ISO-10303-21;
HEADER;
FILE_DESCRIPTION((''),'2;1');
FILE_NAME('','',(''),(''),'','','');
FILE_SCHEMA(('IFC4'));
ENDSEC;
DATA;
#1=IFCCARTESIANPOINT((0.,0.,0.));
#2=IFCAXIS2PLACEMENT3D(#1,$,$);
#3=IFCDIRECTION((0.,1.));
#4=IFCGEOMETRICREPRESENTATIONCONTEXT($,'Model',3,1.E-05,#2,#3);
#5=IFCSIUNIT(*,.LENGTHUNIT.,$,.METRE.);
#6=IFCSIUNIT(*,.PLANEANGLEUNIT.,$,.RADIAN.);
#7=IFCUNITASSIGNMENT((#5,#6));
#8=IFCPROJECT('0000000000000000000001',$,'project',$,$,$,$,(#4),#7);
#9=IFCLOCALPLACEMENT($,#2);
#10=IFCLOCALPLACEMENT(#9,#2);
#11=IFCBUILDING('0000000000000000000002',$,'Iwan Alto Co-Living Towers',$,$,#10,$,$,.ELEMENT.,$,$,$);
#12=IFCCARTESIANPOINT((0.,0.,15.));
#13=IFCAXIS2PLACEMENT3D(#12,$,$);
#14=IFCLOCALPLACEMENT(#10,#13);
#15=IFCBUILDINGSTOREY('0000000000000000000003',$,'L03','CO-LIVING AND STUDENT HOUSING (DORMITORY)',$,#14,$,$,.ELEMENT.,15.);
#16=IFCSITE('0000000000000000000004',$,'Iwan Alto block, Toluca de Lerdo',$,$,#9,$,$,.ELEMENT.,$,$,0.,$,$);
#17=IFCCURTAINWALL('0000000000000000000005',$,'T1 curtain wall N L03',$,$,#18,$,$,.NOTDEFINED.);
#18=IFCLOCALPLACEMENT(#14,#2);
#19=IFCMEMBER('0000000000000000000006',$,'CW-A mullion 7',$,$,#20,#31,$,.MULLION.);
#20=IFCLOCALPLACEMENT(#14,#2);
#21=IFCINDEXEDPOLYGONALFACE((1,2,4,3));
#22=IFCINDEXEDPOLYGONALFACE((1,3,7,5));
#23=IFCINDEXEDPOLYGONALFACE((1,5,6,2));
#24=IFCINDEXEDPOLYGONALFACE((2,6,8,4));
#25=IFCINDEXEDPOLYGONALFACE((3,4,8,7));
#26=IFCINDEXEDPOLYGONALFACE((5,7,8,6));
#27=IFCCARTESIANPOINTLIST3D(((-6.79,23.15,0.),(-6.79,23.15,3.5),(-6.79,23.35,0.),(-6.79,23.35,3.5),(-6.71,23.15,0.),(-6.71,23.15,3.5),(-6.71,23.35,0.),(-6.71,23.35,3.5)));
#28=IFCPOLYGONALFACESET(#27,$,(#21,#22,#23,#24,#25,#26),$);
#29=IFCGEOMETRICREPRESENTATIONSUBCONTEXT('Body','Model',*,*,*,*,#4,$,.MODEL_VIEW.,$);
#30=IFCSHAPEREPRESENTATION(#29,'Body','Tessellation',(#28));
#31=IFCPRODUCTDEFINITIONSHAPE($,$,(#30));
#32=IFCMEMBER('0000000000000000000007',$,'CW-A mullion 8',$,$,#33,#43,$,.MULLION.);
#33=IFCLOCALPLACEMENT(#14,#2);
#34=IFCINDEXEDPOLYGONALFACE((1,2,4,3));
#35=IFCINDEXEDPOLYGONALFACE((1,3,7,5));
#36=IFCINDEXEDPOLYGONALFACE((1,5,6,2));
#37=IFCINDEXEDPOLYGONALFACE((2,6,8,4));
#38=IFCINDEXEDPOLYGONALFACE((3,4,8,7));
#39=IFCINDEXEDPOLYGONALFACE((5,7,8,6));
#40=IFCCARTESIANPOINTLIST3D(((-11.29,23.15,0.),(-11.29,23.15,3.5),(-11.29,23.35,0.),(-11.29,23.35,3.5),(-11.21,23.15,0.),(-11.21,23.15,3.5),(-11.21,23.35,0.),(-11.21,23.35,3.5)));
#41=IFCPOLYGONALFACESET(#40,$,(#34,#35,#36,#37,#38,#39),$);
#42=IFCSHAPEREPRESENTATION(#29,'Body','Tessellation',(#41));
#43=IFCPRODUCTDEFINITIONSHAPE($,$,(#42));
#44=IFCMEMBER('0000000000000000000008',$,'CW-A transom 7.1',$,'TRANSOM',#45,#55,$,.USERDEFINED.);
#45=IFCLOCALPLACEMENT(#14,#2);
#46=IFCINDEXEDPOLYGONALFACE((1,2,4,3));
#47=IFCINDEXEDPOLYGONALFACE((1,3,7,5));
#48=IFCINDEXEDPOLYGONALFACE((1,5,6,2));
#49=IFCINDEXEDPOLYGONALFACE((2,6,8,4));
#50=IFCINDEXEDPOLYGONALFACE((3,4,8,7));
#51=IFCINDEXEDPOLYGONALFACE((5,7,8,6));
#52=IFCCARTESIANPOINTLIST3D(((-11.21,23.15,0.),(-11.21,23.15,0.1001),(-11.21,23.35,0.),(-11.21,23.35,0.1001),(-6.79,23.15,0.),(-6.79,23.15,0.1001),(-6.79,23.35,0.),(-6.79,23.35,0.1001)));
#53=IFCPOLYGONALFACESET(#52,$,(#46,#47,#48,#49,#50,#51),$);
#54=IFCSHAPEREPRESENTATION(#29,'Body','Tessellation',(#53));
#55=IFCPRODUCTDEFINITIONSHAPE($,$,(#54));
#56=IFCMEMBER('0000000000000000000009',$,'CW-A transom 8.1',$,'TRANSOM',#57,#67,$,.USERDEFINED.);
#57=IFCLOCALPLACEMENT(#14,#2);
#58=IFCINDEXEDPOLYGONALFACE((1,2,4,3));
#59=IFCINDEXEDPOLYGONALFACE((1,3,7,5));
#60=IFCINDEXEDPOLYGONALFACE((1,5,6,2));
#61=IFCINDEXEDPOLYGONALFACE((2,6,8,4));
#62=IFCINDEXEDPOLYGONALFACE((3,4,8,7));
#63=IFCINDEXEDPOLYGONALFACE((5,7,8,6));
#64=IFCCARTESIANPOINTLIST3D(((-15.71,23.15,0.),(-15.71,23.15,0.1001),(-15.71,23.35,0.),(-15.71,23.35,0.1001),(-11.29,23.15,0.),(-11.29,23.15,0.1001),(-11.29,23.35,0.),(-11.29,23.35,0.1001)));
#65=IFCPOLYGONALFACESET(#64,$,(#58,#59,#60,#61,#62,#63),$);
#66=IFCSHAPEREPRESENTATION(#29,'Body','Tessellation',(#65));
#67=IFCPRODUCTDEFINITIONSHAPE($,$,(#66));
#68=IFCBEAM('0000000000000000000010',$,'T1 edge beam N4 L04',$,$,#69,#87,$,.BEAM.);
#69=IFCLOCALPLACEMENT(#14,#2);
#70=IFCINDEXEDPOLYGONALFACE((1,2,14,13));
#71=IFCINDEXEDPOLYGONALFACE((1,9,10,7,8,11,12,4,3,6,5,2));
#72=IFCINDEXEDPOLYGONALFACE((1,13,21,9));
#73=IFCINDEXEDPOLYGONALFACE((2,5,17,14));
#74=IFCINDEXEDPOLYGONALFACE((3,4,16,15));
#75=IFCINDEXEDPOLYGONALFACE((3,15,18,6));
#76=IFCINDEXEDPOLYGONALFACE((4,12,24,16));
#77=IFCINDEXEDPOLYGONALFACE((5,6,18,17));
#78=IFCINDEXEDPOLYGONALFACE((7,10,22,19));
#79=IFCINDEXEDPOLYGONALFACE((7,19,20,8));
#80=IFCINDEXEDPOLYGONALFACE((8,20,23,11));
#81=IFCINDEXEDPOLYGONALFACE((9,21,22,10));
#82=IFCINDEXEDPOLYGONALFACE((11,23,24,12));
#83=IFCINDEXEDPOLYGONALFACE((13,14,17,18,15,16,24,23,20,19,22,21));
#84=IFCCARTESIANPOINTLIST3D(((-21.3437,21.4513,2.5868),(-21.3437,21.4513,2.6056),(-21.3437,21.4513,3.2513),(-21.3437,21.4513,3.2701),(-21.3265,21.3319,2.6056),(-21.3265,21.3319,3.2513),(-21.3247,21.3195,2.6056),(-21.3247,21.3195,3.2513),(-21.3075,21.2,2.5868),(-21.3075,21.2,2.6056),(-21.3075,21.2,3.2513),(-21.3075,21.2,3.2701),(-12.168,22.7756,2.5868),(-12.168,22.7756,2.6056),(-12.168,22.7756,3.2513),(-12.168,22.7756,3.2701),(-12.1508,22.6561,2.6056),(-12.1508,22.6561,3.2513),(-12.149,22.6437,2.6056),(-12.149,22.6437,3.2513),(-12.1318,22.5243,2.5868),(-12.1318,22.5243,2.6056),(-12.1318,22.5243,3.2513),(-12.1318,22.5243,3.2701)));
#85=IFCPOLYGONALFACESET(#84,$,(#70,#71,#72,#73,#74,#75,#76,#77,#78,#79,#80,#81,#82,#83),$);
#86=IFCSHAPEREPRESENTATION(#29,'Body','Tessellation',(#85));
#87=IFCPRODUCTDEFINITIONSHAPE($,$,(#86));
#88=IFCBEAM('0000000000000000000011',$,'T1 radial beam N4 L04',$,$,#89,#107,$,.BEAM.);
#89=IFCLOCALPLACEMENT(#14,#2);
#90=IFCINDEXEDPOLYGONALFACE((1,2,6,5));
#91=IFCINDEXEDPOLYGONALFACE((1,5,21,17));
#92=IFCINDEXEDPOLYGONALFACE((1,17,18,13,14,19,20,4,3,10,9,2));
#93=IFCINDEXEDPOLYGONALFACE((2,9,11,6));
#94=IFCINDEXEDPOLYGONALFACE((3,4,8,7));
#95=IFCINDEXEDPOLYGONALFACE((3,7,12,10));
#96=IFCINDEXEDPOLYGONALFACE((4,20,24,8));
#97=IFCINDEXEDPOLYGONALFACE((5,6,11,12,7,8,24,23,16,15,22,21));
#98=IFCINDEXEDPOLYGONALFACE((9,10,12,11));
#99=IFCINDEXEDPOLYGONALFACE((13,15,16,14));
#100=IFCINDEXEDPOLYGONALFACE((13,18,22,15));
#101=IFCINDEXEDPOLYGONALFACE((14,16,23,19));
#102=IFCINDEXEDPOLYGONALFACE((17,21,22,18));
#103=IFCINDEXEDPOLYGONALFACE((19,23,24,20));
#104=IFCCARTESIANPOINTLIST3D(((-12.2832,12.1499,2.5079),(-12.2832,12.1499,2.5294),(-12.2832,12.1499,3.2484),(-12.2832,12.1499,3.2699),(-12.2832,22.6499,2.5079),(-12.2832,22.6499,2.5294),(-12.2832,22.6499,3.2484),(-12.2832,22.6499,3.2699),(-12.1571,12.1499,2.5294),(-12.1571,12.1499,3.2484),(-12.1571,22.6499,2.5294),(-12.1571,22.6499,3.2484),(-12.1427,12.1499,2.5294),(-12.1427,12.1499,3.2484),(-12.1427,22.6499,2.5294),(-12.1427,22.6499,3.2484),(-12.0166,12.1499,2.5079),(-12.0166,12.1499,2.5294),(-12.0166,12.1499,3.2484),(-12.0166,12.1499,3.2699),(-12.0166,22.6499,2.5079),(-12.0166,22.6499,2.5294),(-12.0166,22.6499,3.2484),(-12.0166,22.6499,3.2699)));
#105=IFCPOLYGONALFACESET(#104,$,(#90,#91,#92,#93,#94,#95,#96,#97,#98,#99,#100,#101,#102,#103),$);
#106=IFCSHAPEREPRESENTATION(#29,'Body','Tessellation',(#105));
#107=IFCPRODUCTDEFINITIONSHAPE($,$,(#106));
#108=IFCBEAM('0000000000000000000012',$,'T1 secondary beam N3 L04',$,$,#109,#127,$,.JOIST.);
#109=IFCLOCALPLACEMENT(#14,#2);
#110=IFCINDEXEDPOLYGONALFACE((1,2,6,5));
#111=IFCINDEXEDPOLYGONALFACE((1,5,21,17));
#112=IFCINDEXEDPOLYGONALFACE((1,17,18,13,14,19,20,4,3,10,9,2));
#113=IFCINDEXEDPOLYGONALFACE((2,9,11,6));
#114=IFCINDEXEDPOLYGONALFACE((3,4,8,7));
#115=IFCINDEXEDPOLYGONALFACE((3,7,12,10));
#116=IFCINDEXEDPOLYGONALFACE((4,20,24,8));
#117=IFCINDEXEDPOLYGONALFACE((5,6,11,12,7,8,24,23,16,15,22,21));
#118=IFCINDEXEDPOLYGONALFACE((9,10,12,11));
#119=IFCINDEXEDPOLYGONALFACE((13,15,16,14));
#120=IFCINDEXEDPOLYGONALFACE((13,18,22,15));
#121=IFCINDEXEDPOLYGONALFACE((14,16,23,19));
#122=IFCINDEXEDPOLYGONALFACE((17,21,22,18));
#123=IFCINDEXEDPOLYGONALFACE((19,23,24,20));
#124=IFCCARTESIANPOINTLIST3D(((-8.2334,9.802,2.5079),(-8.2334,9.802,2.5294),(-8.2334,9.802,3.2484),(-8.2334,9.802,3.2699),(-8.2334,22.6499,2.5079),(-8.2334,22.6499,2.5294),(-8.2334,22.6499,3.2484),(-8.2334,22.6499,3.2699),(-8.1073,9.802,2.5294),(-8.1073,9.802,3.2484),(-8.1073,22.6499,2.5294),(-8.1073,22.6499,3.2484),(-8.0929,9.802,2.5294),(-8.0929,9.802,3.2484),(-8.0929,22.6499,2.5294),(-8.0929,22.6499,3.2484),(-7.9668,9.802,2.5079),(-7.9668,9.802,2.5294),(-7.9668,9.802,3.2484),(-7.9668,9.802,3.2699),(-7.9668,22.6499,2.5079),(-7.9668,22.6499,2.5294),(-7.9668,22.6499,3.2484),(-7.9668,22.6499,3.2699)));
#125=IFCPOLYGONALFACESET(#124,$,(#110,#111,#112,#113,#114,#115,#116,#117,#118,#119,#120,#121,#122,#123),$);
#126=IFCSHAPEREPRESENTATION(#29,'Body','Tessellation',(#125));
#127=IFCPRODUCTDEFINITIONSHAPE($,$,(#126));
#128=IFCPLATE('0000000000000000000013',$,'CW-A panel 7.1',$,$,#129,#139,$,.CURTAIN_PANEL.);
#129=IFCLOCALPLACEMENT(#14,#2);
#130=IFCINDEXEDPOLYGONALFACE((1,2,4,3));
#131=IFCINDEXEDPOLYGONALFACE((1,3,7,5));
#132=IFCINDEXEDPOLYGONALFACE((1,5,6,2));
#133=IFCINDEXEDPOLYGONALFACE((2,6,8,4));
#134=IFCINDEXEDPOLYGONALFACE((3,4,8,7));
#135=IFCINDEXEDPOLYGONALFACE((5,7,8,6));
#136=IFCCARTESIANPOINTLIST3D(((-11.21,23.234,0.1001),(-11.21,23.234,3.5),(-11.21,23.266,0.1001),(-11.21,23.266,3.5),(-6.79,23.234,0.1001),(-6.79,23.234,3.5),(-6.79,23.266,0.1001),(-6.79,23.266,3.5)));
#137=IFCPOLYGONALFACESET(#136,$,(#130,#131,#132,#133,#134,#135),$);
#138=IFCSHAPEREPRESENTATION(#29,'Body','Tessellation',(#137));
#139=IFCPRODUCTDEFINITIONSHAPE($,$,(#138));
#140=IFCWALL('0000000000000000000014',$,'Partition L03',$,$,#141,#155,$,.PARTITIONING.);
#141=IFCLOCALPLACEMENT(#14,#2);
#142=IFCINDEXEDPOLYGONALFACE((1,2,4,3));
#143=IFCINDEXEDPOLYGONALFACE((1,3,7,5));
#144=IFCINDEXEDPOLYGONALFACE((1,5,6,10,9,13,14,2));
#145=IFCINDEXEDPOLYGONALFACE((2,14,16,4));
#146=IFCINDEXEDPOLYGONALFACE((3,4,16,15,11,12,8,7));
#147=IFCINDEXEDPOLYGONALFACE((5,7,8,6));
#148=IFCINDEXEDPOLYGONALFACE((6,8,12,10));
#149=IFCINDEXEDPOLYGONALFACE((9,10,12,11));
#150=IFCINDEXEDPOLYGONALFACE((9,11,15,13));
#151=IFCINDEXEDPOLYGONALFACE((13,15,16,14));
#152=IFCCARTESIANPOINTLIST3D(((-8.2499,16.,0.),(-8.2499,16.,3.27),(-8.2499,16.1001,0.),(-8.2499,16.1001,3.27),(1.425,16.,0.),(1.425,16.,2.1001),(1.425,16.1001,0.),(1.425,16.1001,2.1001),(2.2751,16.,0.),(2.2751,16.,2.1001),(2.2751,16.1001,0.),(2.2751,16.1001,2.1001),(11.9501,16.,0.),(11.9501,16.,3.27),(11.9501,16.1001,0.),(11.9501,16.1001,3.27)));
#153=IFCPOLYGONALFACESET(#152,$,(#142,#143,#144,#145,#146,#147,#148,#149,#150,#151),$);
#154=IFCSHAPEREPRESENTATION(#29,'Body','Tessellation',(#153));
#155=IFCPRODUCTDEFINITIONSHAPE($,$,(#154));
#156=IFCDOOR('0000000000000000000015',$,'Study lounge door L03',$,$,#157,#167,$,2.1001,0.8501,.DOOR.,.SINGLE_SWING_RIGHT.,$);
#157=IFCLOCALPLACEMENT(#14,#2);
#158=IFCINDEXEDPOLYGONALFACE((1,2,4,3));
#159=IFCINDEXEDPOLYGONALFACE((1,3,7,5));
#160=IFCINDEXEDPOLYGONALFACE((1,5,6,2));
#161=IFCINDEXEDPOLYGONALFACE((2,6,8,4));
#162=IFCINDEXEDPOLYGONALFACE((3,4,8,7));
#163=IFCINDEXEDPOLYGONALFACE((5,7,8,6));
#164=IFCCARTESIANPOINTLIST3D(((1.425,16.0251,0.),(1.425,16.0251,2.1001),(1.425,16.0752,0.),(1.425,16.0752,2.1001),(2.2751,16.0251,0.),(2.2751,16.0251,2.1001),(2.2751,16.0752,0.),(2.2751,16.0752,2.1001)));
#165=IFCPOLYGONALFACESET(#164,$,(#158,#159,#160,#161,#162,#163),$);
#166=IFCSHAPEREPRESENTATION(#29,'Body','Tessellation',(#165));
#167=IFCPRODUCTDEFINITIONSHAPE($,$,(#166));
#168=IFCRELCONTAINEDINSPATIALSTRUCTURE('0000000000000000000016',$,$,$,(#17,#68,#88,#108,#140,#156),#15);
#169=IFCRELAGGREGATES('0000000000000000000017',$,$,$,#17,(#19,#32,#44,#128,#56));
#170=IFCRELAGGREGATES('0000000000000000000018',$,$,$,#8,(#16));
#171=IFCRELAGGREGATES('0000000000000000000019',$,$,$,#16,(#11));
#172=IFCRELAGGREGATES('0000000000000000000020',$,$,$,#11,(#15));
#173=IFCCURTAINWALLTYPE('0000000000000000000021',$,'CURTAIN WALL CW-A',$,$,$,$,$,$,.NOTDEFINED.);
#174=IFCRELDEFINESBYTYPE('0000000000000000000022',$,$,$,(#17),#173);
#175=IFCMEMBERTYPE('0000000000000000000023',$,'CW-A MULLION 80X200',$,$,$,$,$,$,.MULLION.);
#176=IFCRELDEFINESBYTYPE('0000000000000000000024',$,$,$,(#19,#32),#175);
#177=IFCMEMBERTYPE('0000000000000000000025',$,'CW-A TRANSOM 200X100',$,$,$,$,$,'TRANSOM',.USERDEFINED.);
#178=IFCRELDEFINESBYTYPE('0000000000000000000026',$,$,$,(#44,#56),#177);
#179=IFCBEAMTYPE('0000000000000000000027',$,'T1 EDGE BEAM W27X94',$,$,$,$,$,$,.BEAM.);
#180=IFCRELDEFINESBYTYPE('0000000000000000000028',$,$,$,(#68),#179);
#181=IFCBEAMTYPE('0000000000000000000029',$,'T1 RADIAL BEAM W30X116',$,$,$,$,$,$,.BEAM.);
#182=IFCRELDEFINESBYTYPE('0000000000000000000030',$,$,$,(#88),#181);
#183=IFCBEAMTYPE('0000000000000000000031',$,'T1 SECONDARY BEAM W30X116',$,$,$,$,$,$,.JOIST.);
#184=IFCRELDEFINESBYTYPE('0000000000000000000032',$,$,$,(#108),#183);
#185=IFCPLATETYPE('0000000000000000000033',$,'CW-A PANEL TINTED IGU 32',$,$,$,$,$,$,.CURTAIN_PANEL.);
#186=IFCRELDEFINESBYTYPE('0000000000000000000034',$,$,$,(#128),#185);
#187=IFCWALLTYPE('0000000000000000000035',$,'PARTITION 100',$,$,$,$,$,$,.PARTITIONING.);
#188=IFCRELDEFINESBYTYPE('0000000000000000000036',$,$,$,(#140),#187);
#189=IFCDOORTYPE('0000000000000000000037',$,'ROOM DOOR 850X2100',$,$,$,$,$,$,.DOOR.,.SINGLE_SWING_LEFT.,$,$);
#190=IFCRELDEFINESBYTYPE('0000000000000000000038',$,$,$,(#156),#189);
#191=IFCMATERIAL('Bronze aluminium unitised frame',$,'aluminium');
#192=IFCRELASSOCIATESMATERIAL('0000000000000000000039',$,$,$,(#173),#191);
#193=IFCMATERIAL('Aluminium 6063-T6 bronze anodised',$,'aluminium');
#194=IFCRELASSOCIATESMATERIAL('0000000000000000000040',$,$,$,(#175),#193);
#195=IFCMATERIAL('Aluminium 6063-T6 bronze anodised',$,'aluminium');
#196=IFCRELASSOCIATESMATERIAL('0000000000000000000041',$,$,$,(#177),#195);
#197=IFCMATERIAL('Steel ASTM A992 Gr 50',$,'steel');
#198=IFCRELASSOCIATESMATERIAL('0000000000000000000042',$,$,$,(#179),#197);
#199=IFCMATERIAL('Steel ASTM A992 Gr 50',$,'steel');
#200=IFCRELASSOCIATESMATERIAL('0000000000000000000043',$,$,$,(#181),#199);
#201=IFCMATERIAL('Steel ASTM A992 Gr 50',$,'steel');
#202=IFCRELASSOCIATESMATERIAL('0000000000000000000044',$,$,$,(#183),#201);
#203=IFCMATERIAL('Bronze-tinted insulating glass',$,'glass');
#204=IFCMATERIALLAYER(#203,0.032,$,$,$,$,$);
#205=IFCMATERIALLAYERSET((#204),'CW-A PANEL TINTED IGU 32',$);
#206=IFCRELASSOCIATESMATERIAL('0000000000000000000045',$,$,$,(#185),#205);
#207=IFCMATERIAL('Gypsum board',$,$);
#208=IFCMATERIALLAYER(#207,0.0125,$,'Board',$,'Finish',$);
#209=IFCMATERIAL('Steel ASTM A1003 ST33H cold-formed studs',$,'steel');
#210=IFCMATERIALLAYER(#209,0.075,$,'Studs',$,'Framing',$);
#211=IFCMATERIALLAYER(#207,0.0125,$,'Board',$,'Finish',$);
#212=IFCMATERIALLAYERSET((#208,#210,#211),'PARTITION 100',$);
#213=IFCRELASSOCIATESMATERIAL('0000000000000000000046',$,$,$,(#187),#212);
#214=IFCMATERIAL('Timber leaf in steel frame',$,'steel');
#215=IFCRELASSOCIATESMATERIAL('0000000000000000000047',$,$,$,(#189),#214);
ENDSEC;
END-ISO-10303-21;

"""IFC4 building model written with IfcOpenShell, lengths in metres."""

from ifc_helpers import new_model, si_unit, direction, frame, frame_2d, origin, origin_2d, place, context, subcontext, project, spatial, rectangle, i_section, extrude, material, layer, layer_set, material_profile, profile_set, type_object, element, fill, aggregate, save


model = new_model("IFC4")

# Units and contexts
model_context = context("Model", 3, precision=1e-05, world=origin(), true_north=direction((0.0, 1.0)))
body_context = subcontext(model_context, "Body", "Model", "MODEL_VIEW")
ifc_project = project(units=[si_unit("LENGTHUNIT", "METRE"), si_unit("PLANEANGLEUNIT", "RADIAN")], contexts=[model_context])

# Site, building, storey
site_placement = place(None, origin())
site = spatial("IfcSite", under=ifc_project, at=site_placement, Name="Iwan Alto block, Toluca de Lerdo", CompositionType="ELEMENT", RefElevation=0.0)
building_placement = place(site_placement, origin())
building = spatial("IfcBuilding", under=site, at=building_placement, Name="Iwan Alto Co-Living Towers", CompositionType="ELEMENT")
storey_placement = place(building_placement, frame((0.0, 0.0, 15.0)))
storey = spatial("IfcBuildingStorey", under=building, at=storey_placement, Name="L03", Description="CO-LIVING AND STUDENT HOUSING (DORMITORY)", CompositionType="ELEMENT", Elevation=15.0)

# Curtain wall, members
ifc_material_1 = material(Name="Bronze aluminium unitised frame", Category="aluminium")
curtain_wall_type = type_object("IfcCurtainWallType", Name="CURTAIN WALL CW-A", PredefinedType="NOTDEFINED", material=ifc_material_1)
curtain_wall_placement = place(storey_placement, origin())
curtain_wall = element("IfcCurtainWall", 1, at=curtain_wall_placement, inside=storey, type_object=curtain_wall_type, Name="T1 curtain wall N L03", PredefinedType="NOTDEFINED")
ifc_material_2 = material(Name="Aluminium 6063-T6 bronze anodised", Category="aluminium")
ifc_material_profile_1 = material_profile(ifc_material_2, rectangle(XDim=0.2, YDim=0.0801, at=origin_2d()), Name="AL 80X200")
ifc_profile_set_1 = profile_set([ifc_material_profile_1], Name="Aluminium 6063-T6 bronze anodised")
member_type_1 = type_object("IfcMemberType", Name="CW-A MULLION 80X200", PredefinedType="MULLION", material=ifc_profile_set_1)
member_1_placement = place(storey_placement, frame((-6.75, 23.25, 0.0), z_axis=(0.0, 0.0, 1.0), x_axis=(0.0, -1.0, 0.0)))
member_1 = element("IfcMember", 2, at=member_1_placement, type_object=member_type_1, Name="CW-A mullion 7", PredefinedType="MULLION", context=body_context, shape_type="SweptSolid", body=[
    extrude(rectangle(XDim=0.2, YDim=0.0801, at=origin_2d()), origin(), (0.0, 0.0, 1.0), 3.5),
])
member_2_placement = place(storey_placement, frame((-11.25, 23.25, 0.0), z_axis=(0.0, 0.0, 1.0), x_axis=(0.0, -1.0, 0.0)))
member_2 = element("IfcMember", 3, at=member_2_placement, type_object=member_type_1, Name="CW-A mullion 8", PredefinedType="MULLION", context=body_context, shape_type="SweptSolid", body=[
    extrude(rectangle(XDim=0.2, YDim=0.0801, at=origin_2d()), origin(), (0.0, 0.0, 1.0), 3.5),
])
ifc_material_3 = material(Name="Aluminium 6063-T6 bronze anodised", Category="aluminium")
ifc_material_profile_2 = material_profile(ifc_material_3, rectangle(XDim=0.2, YDim=0.1001, at=origin_2d()), Name="AL 200X100")
ifc_profile_set_2 = profile_set([ifc_material_profile_2], Name="Aluminium 6063-T6 bronze anodised")
member_type_2 = type_object("IfcMemberType", Name="CW-A TRANSOM 200X100", ElementType="TRANSOM", PredefinedType="USERDEFINED", material=ifc_profile_set_2)
member_3_placement = place(storey_placement, frame((-6.79, 23.25, 0.05), z_axis=(-1.0, 0.0, 0.0), x_axis=(0.0, -1.0, 0.0)))
member_3 = element("IfcMember", 4, at=member_3_placement, type_object=member_type_2, Name="CW-A transom 7.1", ObjectType="TRANSOM", PredefinedType="USERDEFINED", context=body_context, shape_type="SweptSolid", body=[
    extrude(rectangle(XDim=0.2, YDim=0.1001, at=origin_2d()), origin(), (0.0, 0.0, 1.0), 4.4199),
])
member_4_placement = place(storey_placement, frame((-11.29, 23.25, 0.05), z_axis=(-1.0, 0.0, 0.0), x_axis=(0.0, -1.0, 0.0)))
member_4 = element("IfcMember", 5, at=member_4_placement, type_object=member_type_2, Name="CW-A transom 8.1", ObjectType="TRANSOM", PredefinedType="USERDEFINED", context=body_context, shape_type="SweptSolid", body=[
    extrude(rectangle(XDim=0.2, YDim=0.1001, at=origin_2d()), origin(), (0.0, 0.0, 1.0), 4.4199),
])

# Beams
ifc_material_4 = material(Name="Steel ASTM A992 Gr 50", Category="steel")
ifc_material_profile_3 = material_profile(ifc_material_4, i_section(OverallWidth=0.2539, OverallDepth=0.6833, WebThickness=0.0125, FlangeThickness=0.0188, at=origin_2d()), Name="W27X94")
ifc_profile_set_3 = profile_set([ifc_material_profile_3], Name="Steel ASTM A992 Gr 50")
beam_type_1 = type_object("IfcBeamType", Name="T1 EDGE BEAM W27X94", PredefinedType="BEAM", material=ifc_profile_set_3)
beam_1_placement = place(storey_placement, frame((-12.1499, 22.6499, 2.9285), z_axis=(-0.989746, -0.142837, 0.0), x_axis=(0.142837, -0.989746, 0.0)))
element("IfcBeam", 6, at=beam_1_placement, inside=storey, type_object=beam_type_1, Name="T1 edge beam N4 L04", PredefinedType="BEAM", context=body_context, shape_type="SweptSolid", body=[
    extrude(i_section(OverallWidth=0.2539, OverallDepth=0.6833, WebThickness=0.0125, FlangeThickness=0.0188, at=origin_2d()), origin(), (0.0, 0.0, 1.0), 9.2708),
])
ifc_material_5 = material(Name="Steel ASTM A992 Gr 50", Category="steel")
ifc_material_profile_4 = material_profile(ifc_material_5, i_section(OverallWidth=0.2666, OverallDepth=0.762, WebThickness=0.0144, FlangeThickness=0.0215, at=origin_2d()), Name="W30X116")
ifc_profile_set_4 = profile_set([ifc_material_profile_4], Name="Steel ASTM A992 Gr 50")
beam_type_2 = type_object("IfcBeamType", Name="T1 RADIAL BEAM W30X116", PredefinedType="BEAM", material=ifc_profile_set_4)
beam_2_placement = place(storey_placement, frame((-12.1499, 22.6499, 2.8889), z_axis=(0.0, -1.0, 0.0), x_axis=(1.0, 0.0, 0.0)))
element("IfcBeam", 7, at=beam_2_placement, inside=storey, type_object=beam_type_2, Name="T1 radial beam N4 L04", PredefinedType="BEAM", context=body_context, shape_type="SweptSolid", body=[
    extrude(i_section(OverallWidth=0.2666, OverallDepth=0.762, WebThickness=0.0144, FlangeThickness=0.0215, at=origin_2d()), origin(), (0.0, 0.0, 1.0), 10.5),
])
ifc_material_6 = material(Name="Steel ASTM A992 Gr 50", Category="steel")
ifc_material_profile_5 = material_profile(ifc_material_6, i_section(OverallWidth=0.2666, OverallDepth=0.762, WebThickness=0.0144, FlangeThickness=0.0215, at=origin_2d()), Name="W30X116")
ifc_profile_set_5 = profile_set([ifc_material_profile_5], Name="Steel ASTM A992 Gr 50")
beam_type_3 = type_object("IfcBeamType", Name="T1 SECONDARY BEAM W30X116", PredefinedType="JOIST", material=ifc_profile_set_5)
beam_3_placement = place(storey_placement, frame((-8.1001, 22.6499, 2.8889), z_axis=(0.0, -1.0, 0.0), x_axis=(1.0, 0.0, 0.0)))
element("IfcBeam", 8, at=beam_3_placement, inside=storey, type_object=beam_type_3, Name="T1 secondary beam N3 L04", PredefinedType="JOIST", context=body_context, shape_type="SweptSolid", body=[
    extrude(i_section(OverallWidth=0.2666, OverallDepth=0.762, WebThickness=0.0144, FlangeThickness=0.0215, at=origin_2d()), origin(), (0.0, 0.0, 1.0), 12.8479),
])

# Plate
ifc_material_7 = material(Name="Bronze-tinted insulating glass", Category="glass")
ifc_layer_1 = layer(ifc_material_7, 0.032)
ifc_layer_set_1 = layer_set([ifc_layer_1], Name="CW-A PANEL TINTED IGU 32")
plate_type = type_object("IfcPlateType", Name="CW-A PANEL TINTED IGU 32", PredefinedType="CURTAIN_PANEL", material=ifc_layer_set_1)
plate_placement = place(storey_placement, frame((-9.0, 23.25, 0.1001), z_axis=(0.0, 0.0, 1.0), x_axis=(-1.0, 0.0, 0.0)))
plate = element("IfcPlate", 9, at=plate_placement, type_object=plate_type, Name="CW-A panel 7.1", PredefinedType="CURTAIN_PANEL", context=body_context, shape_type="SweptSolid", body=[
    extrude(rectangle(XDim=4.4199, YDim=0.032, at=origin_2d()), origin(), (0.0, 0.0, 1.0), 3.3999),
])
aggregate(curtain_wall, [member_1, member_2, member_3, plate, member_4])

# Wall, opening, door
ifc_material_8 = material(Name="Gypsum board")
ifc_layer_2 = layer(ifc_material_8, 0.0125, Name="Board", Category="Finish")
ifc_material_9 = material(Name="Steel ASTM A1003 ST33H cold-formed studs", Category="steel")
ifc_layer_3 = layer(ifc_material_9, 0.075, Name="Studs", Category="Framing")
ifc_layer_4 = layer(ifc_material_8, 0.0125, Name="Board", Category="Finish")
ifc_layer_set_2 = layer_set([ifc_layer_2, ifc_layer_3, ifc_layer_4], Name="PARTITION 100")
wall_type = type_object("IfcWallType", Name="PARTITION 100", PredefinedType="PARTITIONING", material=ifc_layer_set_2)
wall_placement = place(storey_placement, frame((-8.25, 16.05, 0.0), z_axis=(0.0, 0.0, 1.0), x_axis=(1.0, 0.0, 0.0)))
wall = element("IfcWall", 10, at=wall_placement, inside=storey, type_object=wall_type, Name="Partition L03", PredefinedType="PARTITIONING", context=body_context, shape_type="SweptSolid", body=[
    extrude(rectangle(XDim=20.2, YDim=0.1001, at=frame_2d((10.1001, 0.0))), origin(), (0.0, 0.0, 1.0), 3.27),
])
opening_placement = place(wall_placement, frame((9.675, 0.0, 0.0)))
opening = element("IfcOpeningElement", 11, at=opening_placement, cuts=wall, PredefinedType="OPENING", context=body_context, shape_type="SweptSolid", body=[
    extrude(rectangle(XDim=0.8501, YDim=2.1001, at=frame_2d((0.425, 1.05))), frame((0.0, 0.0601, 0.0), z_axis=(0.0, -1.0, 0.0), x_axis=(1.0, 0.0, 0.0)), (0.0, 0.0, 1.0), 0.1201),
])
ifc_material_10 = material(Name="Timber leaf in steel frame", Category="steel")
door_type = type_object("IfcDoorType", Name="ROOM DOOR 850X2100", OperationType="SINGLE_SWING_LEFT", PredefinedType="DOOR", material=ifc_material_10)
door_placement = place(opening_placement, frame((0.8501, 0.0, 0.0), z_axis=(0.0, 0.0, 1.0), x_axis=(-1.0, 0.0, 0.0)))
door = element("IfcDoor", 12, at=door_placement, inside=storey, type_object=door_type, Name="Study lounge door L03", OperationType="SINGLE_SWING_RIGHT", OverallHeight=2.1001, OverallWidth=0.8501, PredefinedType="DOOR", context=body_context, shape_type="SweptSolid", body=[
    extrude(rectangle(XDim=0.8501, YDim=2.1001, at=frame_2d((0.425, 1.05))), frame((0.0, 0.0249, 0.0), z_axis=(0.0, -1.0, 0.0), x_axis=(1.0, 0.0, 0.0)), (0.0, 0.0, 1.0), 0.05),
])
fill(opening, door)

save(model, "model.ifc")
